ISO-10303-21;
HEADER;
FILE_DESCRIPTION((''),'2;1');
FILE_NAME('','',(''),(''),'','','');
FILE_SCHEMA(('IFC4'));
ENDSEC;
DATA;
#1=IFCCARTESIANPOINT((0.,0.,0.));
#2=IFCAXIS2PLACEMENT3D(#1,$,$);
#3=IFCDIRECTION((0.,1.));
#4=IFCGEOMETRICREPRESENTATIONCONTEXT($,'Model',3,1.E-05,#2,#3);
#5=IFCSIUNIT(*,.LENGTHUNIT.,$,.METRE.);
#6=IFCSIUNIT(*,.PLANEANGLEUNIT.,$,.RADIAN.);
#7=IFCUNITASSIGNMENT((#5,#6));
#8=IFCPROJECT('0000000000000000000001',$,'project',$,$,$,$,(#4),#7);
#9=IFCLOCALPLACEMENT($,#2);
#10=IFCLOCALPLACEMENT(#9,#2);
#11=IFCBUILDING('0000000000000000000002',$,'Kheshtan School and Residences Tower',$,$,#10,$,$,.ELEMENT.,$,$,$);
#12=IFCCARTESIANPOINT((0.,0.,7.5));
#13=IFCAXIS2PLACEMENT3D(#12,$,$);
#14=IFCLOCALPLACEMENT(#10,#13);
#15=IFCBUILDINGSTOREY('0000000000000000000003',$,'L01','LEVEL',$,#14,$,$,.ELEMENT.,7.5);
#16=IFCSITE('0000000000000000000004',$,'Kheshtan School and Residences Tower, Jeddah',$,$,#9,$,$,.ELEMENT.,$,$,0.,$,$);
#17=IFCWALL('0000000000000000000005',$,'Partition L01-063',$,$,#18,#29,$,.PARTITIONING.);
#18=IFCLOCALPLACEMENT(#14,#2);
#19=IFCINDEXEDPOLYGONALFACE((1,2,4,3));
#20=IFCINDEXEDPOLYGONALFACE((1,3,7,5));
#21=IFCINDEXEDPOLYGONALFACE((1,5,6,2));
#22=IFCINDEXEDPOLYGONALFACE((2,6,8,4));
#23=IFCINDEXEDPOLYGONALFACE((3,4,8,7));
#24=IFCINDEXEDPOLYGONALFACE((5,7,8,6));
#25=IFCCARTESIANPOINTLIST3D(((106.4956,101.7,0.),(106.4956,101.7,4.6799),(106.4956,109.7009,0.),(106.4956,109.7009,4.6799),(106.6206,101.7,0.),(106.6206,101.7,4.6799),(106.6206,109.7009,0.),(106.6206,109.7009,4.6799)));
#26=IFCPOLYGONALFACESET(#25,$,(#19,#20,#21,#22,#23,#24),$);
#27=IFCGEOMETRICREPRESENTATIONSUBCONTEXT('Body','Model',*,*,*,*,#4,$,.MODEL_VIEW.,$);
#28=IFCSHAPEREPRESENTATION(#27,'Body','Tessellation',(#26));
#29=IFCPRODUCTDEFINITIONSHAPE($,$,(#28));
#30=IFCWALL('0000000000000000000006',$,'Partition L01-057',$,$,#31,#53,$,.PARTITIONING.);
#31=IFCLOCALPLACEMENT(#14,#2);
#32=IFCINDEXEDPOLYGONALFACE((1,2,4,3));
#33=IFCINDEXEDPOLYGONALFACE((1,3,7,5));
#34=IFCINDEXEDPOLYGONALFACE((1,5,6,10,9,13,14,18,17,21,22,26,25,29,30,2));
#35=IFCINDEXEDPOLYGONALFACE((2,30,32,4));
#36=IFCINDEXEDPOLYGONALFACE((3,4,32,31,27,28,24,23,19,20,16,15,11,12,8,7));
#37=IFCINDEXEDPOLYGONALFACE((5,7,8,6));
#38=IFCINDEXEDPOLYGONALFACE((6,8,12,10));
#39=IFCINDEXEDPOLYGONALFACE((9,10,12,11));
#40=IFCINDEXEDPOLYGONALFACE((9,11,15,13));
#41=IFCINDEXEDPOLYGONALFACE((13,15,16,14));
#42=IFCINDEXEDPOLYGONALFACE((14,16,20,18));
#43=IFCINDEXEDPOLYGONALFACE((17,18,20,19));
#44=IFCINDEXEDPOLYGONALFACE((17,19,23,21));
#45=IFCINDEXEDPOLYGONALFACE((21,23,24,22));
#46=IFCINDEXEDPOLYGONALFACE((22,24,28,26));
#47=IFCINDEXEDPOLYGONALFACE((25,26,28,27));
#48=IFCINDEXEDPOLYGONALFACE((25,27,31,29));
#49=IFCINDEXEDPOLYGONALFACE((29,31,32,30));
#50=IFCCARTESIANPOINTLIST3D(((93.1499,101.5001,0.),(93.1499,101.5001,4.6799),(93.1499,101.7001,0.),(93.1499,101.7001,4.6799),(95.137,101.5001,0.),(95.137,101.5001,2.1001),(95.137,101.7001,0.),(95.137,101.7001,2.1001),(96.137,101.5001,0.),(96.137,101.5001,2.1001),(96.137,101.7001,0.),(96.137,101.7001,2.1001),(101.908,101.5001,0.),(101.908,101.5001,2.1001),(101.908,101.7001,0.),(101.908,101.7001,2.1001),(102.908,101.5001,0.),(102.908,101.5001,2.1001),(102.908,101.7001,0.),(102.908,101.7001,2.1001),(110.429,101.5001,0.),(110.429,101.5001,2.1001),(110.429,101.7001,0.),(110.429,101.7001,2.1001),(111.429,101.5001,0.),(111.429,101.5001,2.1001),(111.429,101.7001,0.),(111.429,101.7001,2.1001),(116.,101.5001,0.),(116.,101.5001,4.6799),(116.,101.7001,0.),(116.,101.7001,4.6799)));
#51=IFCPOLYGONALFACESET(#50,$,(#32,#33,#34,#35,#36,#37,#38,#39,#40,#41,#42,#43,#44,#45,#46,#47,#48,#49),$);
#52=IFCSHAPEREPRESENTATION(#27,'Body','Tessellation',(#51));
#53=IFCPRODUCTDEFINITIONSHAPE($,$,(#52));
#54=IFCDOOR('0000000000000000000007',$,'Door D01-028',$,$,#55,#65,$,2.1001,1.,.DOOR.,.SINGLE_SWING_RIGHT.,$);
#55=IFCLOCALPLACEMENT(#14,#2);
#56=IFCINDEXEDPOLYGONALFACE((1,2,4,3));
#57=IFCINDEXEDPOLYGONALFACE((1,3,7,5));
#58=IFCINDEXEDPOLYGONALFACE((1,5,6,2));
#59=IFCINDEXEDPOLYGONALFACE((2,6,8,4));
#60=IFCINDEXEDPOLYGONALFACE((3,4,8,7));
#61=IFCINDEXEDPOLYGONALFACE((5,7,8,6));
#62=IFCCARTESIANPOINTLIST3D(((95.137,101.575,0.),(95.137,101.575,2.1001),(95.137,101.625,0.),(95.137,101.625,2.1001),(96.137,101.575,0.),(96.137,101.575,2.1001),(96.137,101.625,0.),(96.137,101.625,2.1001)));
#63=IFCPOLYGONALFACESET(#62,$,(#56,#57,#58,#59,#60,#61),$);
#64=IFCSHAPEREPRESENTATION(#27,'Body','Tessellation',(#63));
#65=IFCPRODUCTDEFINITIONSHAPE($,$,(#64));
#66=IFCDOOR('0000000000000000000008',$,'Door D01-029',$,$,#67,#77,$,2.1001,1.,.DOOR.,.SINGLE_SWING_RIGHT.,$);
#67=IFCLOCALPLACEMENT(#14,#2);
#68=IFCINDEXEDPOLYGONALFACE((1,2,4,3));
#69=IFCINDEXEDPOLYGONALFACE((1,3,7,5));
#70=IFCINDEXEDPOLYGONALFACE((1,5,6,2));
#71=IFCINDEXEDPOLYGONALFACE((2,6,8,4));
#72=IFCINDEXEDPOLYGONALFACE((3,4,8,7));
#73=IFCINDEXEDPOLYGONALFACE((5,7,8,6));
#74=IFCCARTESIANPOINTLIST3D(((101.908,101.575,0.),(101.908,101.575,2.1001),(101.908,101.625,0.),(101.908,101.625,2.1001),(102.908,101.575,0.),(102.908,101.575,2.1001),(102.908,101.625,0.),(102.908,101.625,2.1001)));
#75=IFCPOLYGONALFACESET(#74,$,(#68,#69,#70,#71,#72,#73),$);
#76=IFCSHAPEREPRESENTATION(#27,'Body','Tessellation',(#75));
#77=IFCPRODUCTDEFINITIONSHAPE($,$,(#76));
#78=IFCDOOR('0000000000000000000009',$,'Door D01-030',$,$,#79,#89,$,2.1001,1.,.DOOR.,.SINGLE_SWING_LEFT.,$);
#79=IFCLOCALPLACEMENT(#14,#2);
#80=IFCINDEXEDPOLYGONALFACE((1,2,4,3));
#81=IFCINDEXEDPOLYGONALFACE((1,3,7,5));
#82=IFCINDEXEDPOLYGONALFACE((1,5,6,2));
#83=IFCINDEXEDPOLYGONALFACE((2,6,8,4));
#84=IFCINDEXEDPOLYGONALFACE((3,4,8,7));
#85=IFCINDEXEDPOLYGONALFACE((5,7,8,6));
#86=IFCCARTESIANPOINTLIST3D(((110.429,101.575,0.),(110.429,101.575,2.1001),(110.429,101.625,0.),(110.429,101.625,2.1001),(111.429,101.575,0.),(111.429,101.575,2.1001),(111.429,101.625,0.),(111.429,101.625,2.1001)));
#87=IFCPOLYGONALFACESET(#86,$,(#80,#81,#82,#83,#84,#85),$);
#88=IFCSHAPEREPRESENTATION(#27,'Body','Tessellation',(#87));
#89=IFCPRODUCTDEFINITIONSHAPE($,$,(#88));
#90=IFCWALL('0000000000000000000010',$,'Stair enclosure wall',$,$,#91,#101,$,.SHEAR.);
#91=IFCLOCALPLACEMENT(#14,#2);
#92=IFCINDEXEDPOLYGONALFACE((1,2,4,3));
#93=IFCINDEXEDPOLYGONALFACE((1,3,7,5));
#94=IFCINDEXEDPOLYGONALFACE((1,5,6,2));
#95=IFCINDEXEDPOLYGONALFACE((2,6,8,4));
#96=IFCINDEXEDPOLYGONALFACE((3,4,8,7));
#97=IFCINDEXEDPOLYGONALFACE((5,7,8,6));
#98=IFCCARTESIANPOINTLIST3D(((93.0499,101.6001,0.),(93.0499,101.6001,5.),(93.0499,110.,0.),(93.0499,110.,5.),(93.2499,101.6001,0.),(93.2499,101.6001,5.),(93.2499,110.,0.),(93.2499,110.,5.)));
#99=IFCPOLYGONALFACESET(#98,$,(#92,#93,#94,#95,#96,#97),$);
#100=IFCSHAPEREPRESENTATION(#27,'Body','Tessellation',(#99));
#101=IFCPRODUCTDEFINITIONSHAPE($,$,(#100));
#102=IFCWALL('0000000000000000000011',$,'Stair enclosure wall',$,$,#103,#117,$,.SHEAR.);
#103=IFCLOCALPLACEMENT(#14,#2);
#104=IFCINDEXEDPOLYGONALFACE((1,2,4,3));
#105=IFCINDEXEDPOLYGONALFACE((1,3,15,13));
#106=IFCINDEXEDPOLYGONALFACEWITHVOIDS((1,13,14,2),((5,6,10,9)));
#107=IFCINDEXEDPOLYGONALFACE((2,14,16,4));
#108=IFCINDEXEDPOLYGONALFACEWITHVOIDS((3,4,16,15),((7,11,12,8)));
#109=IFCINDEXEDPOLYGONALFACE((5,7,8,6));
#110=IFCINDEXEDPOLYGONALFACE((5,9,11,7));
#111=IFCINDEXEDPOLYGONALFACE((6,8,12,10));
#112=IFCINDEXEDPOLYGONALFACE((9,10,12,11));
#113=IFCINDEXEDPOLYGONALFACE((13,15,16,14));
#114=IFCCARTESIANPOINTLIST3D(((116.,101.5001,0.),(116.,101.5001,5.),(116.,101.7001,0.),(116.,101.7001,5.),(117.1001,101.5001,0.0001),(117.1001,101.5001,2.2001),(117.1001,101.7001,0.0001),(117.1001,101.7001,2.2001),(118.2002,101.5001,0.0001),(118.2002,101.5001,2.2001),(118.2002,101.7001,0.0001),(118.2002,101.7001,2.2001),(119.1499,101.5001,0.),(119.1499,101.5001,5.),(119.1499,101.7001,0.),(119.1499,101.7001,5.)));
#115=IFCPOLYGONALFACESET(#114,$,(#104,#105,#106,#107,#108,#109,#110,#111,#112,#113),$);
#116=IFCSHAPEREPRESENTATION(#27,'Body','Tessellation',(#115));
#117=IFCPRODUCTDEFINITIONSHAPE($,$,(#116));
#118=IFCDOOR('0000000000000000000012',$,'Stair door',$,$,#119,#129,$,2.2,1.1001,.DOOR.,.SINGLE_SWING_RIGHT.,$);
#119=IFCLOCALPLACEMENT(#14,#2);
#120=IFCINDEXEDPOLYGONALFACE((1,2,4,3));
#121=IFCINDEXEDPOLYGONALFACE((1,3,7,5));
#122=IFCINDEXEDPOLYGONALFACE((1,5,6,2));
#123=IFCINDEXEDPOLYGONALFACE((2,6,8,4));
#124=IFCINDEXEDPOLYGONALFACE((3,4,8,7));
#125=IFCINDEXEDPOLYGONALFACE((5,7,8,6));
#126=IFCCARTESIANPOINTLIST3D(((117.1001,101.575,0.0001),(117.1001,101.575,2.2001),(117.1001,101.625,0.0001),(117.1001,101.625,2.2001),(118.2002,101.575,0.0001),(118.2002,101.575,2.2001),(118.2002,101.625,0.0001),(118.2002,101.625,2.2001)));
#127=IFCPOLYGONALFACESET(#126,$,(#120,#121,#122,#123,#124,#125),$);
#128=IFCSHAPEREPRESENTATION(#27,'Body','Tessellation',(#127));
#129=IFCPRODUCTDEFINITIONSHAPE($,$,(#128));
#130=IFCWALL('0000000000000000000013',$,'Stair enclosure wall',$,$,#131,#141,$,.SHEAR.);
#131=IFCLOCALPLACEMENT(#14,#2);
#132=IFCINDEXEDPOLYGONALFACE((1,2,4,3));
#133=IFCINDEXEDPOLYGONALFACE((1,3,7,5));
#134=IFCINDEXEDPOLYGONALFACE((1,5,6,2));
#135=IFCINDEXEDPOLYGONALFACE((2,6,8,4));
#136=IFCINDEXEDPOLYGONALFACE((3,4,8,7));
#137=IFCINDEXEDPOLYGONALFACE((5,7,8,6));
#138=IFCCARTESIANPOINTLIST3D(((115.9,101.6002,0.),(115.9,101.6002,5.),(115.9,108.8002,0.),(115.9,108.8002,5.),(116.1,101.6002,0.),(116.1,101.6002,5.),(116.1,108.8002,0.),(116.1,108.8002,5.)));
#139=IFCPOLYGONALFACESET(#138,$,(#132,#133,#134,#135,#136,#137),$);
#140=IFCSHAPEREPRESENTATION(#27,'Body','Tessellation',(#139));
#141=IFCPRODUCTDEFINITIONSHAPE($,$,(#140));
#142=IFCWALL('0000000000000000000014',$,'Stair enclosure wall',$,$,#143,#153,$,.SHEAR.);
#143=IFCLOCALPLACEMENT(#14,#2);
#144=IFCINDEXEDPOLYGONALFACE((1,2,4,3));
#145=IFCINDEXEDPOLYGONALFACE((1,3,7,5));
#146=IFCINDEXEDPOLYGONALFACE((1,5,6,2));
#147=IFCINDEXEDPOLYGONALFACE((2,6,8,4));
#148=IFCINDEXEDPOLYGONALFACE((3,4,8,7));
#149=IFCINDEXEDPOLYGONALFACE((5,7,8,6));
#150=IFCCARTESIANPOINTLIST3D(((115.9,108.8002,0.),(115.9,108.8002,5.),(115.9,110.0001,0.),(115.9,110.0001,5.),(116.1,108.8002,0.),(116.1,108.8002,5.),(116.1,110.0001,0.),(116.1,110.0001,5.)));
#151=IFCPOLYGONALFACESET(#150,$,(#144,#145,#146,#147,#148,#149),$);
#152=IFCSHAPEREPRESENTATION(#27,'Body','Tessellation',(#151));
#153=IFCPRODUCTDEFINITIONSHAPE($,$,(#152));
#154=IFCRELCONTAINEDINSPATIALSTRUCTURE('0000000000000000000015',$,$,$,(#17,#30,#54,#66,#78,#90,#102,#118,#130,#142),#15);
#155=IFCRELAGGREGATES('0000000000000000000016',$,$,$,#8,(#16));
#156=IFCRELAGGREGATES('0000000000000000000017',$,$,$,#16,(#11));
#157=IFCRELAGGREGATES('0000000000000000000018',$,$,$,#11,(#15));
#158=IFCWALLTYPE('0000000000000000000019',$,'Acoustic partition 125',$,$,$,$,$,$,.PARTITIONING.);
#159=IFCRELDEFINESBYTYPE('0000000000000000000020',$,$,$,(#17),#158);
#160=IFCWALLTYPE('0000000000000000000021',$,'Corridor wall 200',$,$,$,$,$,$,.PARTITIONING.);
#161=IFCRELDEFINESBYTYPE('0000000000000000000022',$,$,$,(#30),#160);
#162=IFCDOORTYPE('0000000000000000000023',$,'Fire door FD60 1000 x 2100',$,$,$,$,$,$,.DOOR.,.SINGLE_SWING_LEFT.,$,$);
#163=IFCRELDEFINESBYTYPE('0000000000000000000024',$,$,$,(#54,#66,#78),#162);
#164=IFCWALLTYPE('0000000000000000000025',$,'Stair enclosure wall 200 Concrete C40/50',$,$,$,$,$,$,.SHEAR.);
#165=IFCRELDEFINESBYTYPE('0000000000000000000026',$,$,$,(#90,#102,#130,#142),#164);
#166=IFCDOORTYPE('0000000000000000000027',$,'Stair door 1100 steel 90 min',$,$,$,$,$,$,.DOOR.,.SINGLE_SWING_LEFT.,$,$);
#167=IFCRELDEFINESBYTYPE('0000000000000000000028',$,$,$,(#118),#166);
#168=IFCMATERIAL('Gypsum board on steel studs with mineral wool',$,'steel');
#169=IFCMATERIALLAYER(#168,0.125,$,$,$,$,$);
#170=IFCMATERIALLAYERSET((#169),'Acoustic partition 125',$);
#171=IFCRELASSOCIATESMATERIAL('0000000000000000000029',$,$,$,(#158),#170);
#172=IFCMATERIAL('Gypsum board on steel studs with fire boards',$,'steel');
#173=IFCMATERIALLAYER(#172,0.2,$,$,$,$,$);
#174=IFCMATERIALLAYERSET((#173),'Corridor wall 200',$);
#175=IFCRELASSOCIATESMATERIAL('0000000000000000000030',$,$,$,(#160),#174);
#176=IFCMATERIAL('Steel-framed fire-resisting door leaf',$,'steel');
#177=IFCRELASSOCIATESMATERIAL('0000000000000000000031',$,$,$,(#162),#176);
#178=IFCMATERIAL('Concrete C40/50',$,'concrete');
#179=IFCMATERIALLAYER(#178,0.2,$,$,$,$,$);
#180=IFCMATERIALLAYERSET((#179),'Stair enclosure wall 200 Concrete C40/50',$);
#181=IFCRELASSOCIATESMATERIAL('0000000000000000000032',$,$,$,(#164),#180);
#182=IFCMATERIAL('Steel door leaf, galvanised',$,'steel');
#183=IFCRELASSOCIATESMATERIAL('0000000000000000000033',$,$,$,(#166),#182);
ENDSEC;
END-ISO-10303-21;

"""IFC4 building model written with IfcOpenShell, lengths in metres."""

from ifc_helpers import new_model, si_unit, direction, frame, frame_2d, origin, place, context, subcontext, project, spatial, rectangle, extrude, source, transform, mapped, material, layer, layer_set, type_object, element, fill, save


model = new_model("IFC4")

# Units and contexts
model_context = context("Model", 3, precision=1e-05, world=origin(), true_north=direction((0.0, 1.0)))
body_context = subcontext(model_context, "Body", "Model", "MODEL_VIEW")
ifc_project = project(units=[si_unit("LENGTHUNIT", "METRE"), si_unit("PLANEANGLEUNIT", "RADIAN")], contexts=[model_context])

# Site, building, storey
site_placement = place(None, origin())
site = spatial("IfcSite", under=ifc_project, at=site_placement, Name="Kheshtan School and Residences Tower, Jeddah", CompositionType="ELEMENT", RefElevation=0.0)
building_placement = place(site_placement, origin())
building = spatial("IfcBuilding", under=site, at=building_placement, Name="Kheshtan School and Residences Tower", CompositionType="ELEMENT")
storey_placement = place(building_placement, frame((0.0, 0.0, 7.5)))
storey = spatial("IfcBuildingStorey", under=building, at=storey_placement, Name="L01", Description="LEVEL", CompositionType="ELEMENT", Elevation=7.5)

# Wall
ifc_material_1 = material(Name="Gypsum board on steel studs with mineral wool", Category="steel")
ifc_layer_1 = layer(ifc_material_1, 0.125)
ifc_layer_set_1 = layer_set([ifc_layer_1], Name="Acoustic partition 125")
wall_type_1 = type_object("IfcWallType", Name="Acoustic partition 125", PredefinedType="PARTITIONING", material=ifc_layer_set_1)
for number, where, z_axis, x_axis, name in (
    (1, (106.5581, 101.7, 0.0), (0.0, 0.0, 1.0), (0.0, 1.0, 0.0), "Partition L01-063"),
):
    element("IfcWall", number, at=place(storey_placement, frame(where, z_axis=z_axis, x_axis=x_axis)), inside=storey, type_object=wall_type_1, Name=name, PredefinedType="PARTITIONING", context=body_context, shape_type="SweptSolid", body=[
        extrude(rectangle(XDim=8.001, YDim=0.125, at=frame_2d((4.0005, 0.0))), origin(), (0.0, 0.0, 1.0), 4.6799),
    ])

# Wall, openings, doors
ifc_material_2 = material(Name="Gypsum board on steel studs with fire boards", Category="steel")
ifc_layer_2 = layer(ifc_material_2, 0.2)
ifc_layer_set_2 = layer_set([ifc_layer_2], Name="Corridor wall 200")
wall_type_2 = type_object("IfcWallType", Name="Corridor wall 200", PredefinedType="PARTITIONING", material=ifc_layer_set_2)
wall_1_placement = place(storey_placement, frame((93.1499, 101.6001, 0.0), z_axis=(0.0, 0.0, 1.0), x_axis=(1.0, 0.0, 0.0)))
wall_1 = element("IfcWall", 2, at=wall_1_placement, inside=storey, type_object=wall_type_2, Name="Partition L01-057", PredefinedType="PARTITIONING", context=body_context, shape_type="SweptSolid", body=[
    extrude(rectangle(XDim=22.8501, YDim=0.2, at=frame_2d((11.425, 0.0))), origin(), (0.0, 0.0, 1.0), 4.6799),
])
opening_1_placement = place(wall_1_placement, frame((1.9871, 0.0, 0.0)))
opening_1 = element("IfcOpeningElement", 3, at=opening_1_placement, cuts=wall_1, PredefinedType="OPENING", context=body_context, shape_type="SweptSolid", body=[
    extrude(rectangle(XDim=1.0, YDim=2.1001, at=frame_2d((0.5, 1.05))), frame((0.0, 0.1099, 0.0), z_axis=(0.0, -1.0, 0.0), x_axis=(1.0, 0.0, 0.0)), (0.0, 0.0, 1.0), 0.22),
])
opening_2_placement = place(wall_1_placement, frame((8.7581, 0.0, 0.0)))
opening_2 = element("IfcOpeningElement", 4, at=opening_2_placement, cuts=wall_1, PredefinedType="OPENING", context=body_context, shape_type="SweptSolid", body=[
    extrude(rectangle(XDim=1.0, YDim=2.1001, at=frame_2d((0.5, 1.05))), frame((0.0, 0.1099, 0.0), z_axis=(0.0, -1.0, 0.0), x_axis=(1.0, 0.0, 0.0)), (0.0, 0.0, 1.0), 0.22),
])
opening_3_placement = place(wall_1_placement, frame((17.2791, 0.0, 0.0)))
opening_3 = element("IfcOpeningElement", 5, at=opening_3_placement, cuts=wall_1, PredefinedType="OPENING", context=body_context, shape_type="SweptSolid", body=[
    extrude(rectangle(XDim=1.0, YDim=2.1001, at=frame_2d((0.5, 1.05))), frame((0.0, 0.1099, 0.0), z_axis=(0.0, -1.0, 0.0), x_axis=(1.0, 0.0, 0.0)), (0.0, 0.0, 1.0), 0.22),
])
ifc_material_3 = material(Name="Steel-framed fire-resisting door leaf", Category="steel")
door_type_1 = type_object("IfcDoorType", Name="Fire door FD60 1000 x 2100", OperationType="SINGLE_SWING_LEFT", PredefinedType="DOOR", material=ifc_material_3)
shared_shape_1 = source(origin(), body_context, "Body", "SweptSolid", [
    extrude(rectangle(XDim=1.0, YDim=2.1001, at=frame_2d((0.5, 1.05))), frame((0.0, 0.0249, 0.0), z_axis=(0.0, -1.0, 0.0), x_axis=(1.0, 0.0, 0.0)), (0.0, 0.0, 1.0), 0.05),
])
door_1_placement = place(opening_1_placement, origin())
door_1 = element("IfcDoor", 6, at=door_1_placement, inside=storey, type_object=door_type_1, Name="Door D01-028", OperationType="SINGLE_SWING_RIGHT", OverallHeight=2.1001, OverallWidth=1.0, PredefinedType="DOOR", context=body_context, shape_type="MappedRepresentation", body=[
    mapped(shared_shape_1, transform((0.0, 0.0, 0.0), x_axis=(1.0, 0.0, 0.0), y_axis=(0.0, 1.0, 0.0), z_axis=(0.0, 0.0, 1.0), scale=1.0)),
])
fill(opening_1, door_1)
door_2_placement = place(opening_2_placement, origin())
door_2 = element("IfcDoor", 7, at=door_2_placement, inside=storey, type_object=door_type_1, Name="Door D01-029", OperationType="SINGLE_SWING_RIGHT", OverallHeight=2.1001, OverallWidth=1.0, PredefinedType="DOOR", context=body_context, shape_type="MappedRepresentation", body=[
    mapped(shared_shape_1, transform((0.0, 0.0, 0.0), x_axis=(1.0, 0.0, 0.0), y_axis=(0.0, 1.0, 0.0), z_axis=(0.0, 0.0, 1.0), scale=1.0)),
])
fill(opening_2, door_2)
door_3_placement = place(opening_3_placement, origin())
door_3 = element("IfcDoor", 8, at=door_3_placement, inside=storey, type_object=door_type_1, Name="Door D01-030", OperationType="SINGLE_SWING_LEFT", OverallHeight=2.1001, OverallWidth=1.0, PredefinedType="DOOR", context=body_context, shape_type="MappedRepresentation", body=[
    mapped(shared_shape_1, transform((0.0, 0.0, 0.0), x_axis=(1.0, 0.0, 0.0), y_axis=(0.0, 1.0, 0.0), z_axis=(0.0, 0.0, 1.0), scale=1.0)),
])
fill(opening_3, door_3)

# Wall
ifc_material_4 = material(Name="Concrete C40/50", Category="concrete")
ifc_layer_3 = layer(ifc_material_4, 0.2)
ifc_layer_set_3 = layer_set([ifc_layer_3], Name="Stair enclosure wall 200 Concrete C40/50")
wall_type_3 = type_object("IfcWallType", Name="Stair enclosure wall 200 Concrete C40/50", PredefinedType="SHEAR", material=ifc_layer_set_3)
wall_2_placement = place(storey_placement, frame((93.1499, 101.6001, 0.0), z_axis=(0.0, 0.0, 1.0), x_axis=(0.0, 1.0, 0.0)))
element("IfcWall", 9, at=wall_2_placement, inside=storey, type_object=wall_type_3, Name="Stair enclosure wall", PredefinedType="SHEAR", context=body_context, shape_type="SweptSolid", body=[
    extrude(rectangle(XDim=8.3999, YDim=0.2, at=frame_2d((4.2, 0.0))), origin(), (0.0, 0.0, 1.0), 5.0),
])

# Wall, opening, door
wall_3_placement = place(storey_placement, frame((116.0, 101.6001, 0.0), z_axis=(0.0, 0.0, 1.0), x_axis=(1.0, 0.0, 0.0)))
wall_3 = element("IfcWall", 10, at=wall_3_placement, inside=storey, type_object=wall_type_3, Name="Stair enclosure wall", PredefinedType="SHEAR", context=body_context, shape_type="SweptSolid", body=[
    extrude(rectangle(XDim=3.1499, YDim=0.2, at=frame_2d((1.575, 0.0))), origin(), (0.0, 0.0, 1.0), 5.0),
])
opening_4_placement = place(wall_3_placement, frame((1.1001, 0.0, 0.0)))
opening_4 = element("IfcOpeningElement", 11, at=opening_4_placement, cuts=wall_3, PredefinedType="OPENING", context=body_context, shape_type="SweptSolid", body=[
    extrude(rectangle(XDim=1.1001, YDim=2.2, at=frame_2d((0.55, 1.1001))), frame((0.0, 0.1099, 0.0), z_axis=(0.0, -1.0, 0.0), x_axis=(1.0, 0.0, 0.0)), (0.0, 0.0, 1.0), 0.22),
])
ifc_material_5 = material(Name="Steel door leaf, galvanised", Category="steel")
door_type_2 = type_object("IfcDoorType", Name="Stair door 1100 steel 90 min", OperationType="SINGLE_SWING_LEFT", PredefinedType="DOOR", material=ifc_material_5)
shared_shape_2 = source(origin(), body_context, "Body", "SweptSolid", [
    extrude(rectangle(XDim=1.1001, YDim=2.2, at=frame_2d((0.55, 1.1001))), frame((0.0, 0.0249, 0.0), z_axis=(0.0, -1.0, 0.0), x_axis=(1.0, 0.0, 0.0)), (0.0, 0.0, 1.0), 0.05),
])
door_4_placement = place(opening_4_placement, origin())
door_4 = element("IfcDoor", 12, at=door_4_placement, inside=storey, type_object=door_type_2, Name="Stair door", OperationType="SINGLE_SWING_RIGHT", OverallHeight=2.2, OverallWidth=1.1001, PredefinedType="DOOR", context=body_context, shape_type="MappedRepresentation", body=[
    mapped(shared_shape_2, transform((0.0, 0.0, 0.0), x_axis=(1.0, 0.0, 0.0), y_axis=(0.0, 1.0, 0.0), z_axis=(0.0, 0.0, 1.0), scale=1.0)),
])
fill(opening_4, door_4)

# Walls
wall_4_placement = place(storey_placement, frame((116.0, 101.6001, 0.0), z_axis=(0.0, 0.0, 1.0), x_axis=(0.0, 1.0, 0.0)))
element("IfcWall", 13, at=wall_4_placement, inside=storey, type_object=wall_type_3, Name="Stair enclosure wall", PredefinedType="SHEAR", context=body_context, shape_type="SweptSolid", body=[
    extrude(rectangle(XDim=7.2, YDim=0.2, at=frame_2d((3.6001, 0.0))), origin(), (0.0, 0.0, 1.0), 5.0),
])
wall_5_placement = place(storey_placement, frame((116.0, 108.8, 0.0), z_axis=(0.0, 0.0, 1.0), x_axis=(0.0, 1.0, 0.0)))
element("IfcWall", 14, at=wall_5_placement, inside=storey, type_object=wall_type_3, Name="Stair enclosure wall", PredefinedType="SHEAR", context=body_context, shape_type="SweptSolid", body=[
    extrude(rectangle(XDim=1.2, YDim=0.2, at=frame_2d((0.6001, 0.0))), origin(), (0.0, 0.0, 1.0), 5.0),
])

save(model, "model.ifc")
